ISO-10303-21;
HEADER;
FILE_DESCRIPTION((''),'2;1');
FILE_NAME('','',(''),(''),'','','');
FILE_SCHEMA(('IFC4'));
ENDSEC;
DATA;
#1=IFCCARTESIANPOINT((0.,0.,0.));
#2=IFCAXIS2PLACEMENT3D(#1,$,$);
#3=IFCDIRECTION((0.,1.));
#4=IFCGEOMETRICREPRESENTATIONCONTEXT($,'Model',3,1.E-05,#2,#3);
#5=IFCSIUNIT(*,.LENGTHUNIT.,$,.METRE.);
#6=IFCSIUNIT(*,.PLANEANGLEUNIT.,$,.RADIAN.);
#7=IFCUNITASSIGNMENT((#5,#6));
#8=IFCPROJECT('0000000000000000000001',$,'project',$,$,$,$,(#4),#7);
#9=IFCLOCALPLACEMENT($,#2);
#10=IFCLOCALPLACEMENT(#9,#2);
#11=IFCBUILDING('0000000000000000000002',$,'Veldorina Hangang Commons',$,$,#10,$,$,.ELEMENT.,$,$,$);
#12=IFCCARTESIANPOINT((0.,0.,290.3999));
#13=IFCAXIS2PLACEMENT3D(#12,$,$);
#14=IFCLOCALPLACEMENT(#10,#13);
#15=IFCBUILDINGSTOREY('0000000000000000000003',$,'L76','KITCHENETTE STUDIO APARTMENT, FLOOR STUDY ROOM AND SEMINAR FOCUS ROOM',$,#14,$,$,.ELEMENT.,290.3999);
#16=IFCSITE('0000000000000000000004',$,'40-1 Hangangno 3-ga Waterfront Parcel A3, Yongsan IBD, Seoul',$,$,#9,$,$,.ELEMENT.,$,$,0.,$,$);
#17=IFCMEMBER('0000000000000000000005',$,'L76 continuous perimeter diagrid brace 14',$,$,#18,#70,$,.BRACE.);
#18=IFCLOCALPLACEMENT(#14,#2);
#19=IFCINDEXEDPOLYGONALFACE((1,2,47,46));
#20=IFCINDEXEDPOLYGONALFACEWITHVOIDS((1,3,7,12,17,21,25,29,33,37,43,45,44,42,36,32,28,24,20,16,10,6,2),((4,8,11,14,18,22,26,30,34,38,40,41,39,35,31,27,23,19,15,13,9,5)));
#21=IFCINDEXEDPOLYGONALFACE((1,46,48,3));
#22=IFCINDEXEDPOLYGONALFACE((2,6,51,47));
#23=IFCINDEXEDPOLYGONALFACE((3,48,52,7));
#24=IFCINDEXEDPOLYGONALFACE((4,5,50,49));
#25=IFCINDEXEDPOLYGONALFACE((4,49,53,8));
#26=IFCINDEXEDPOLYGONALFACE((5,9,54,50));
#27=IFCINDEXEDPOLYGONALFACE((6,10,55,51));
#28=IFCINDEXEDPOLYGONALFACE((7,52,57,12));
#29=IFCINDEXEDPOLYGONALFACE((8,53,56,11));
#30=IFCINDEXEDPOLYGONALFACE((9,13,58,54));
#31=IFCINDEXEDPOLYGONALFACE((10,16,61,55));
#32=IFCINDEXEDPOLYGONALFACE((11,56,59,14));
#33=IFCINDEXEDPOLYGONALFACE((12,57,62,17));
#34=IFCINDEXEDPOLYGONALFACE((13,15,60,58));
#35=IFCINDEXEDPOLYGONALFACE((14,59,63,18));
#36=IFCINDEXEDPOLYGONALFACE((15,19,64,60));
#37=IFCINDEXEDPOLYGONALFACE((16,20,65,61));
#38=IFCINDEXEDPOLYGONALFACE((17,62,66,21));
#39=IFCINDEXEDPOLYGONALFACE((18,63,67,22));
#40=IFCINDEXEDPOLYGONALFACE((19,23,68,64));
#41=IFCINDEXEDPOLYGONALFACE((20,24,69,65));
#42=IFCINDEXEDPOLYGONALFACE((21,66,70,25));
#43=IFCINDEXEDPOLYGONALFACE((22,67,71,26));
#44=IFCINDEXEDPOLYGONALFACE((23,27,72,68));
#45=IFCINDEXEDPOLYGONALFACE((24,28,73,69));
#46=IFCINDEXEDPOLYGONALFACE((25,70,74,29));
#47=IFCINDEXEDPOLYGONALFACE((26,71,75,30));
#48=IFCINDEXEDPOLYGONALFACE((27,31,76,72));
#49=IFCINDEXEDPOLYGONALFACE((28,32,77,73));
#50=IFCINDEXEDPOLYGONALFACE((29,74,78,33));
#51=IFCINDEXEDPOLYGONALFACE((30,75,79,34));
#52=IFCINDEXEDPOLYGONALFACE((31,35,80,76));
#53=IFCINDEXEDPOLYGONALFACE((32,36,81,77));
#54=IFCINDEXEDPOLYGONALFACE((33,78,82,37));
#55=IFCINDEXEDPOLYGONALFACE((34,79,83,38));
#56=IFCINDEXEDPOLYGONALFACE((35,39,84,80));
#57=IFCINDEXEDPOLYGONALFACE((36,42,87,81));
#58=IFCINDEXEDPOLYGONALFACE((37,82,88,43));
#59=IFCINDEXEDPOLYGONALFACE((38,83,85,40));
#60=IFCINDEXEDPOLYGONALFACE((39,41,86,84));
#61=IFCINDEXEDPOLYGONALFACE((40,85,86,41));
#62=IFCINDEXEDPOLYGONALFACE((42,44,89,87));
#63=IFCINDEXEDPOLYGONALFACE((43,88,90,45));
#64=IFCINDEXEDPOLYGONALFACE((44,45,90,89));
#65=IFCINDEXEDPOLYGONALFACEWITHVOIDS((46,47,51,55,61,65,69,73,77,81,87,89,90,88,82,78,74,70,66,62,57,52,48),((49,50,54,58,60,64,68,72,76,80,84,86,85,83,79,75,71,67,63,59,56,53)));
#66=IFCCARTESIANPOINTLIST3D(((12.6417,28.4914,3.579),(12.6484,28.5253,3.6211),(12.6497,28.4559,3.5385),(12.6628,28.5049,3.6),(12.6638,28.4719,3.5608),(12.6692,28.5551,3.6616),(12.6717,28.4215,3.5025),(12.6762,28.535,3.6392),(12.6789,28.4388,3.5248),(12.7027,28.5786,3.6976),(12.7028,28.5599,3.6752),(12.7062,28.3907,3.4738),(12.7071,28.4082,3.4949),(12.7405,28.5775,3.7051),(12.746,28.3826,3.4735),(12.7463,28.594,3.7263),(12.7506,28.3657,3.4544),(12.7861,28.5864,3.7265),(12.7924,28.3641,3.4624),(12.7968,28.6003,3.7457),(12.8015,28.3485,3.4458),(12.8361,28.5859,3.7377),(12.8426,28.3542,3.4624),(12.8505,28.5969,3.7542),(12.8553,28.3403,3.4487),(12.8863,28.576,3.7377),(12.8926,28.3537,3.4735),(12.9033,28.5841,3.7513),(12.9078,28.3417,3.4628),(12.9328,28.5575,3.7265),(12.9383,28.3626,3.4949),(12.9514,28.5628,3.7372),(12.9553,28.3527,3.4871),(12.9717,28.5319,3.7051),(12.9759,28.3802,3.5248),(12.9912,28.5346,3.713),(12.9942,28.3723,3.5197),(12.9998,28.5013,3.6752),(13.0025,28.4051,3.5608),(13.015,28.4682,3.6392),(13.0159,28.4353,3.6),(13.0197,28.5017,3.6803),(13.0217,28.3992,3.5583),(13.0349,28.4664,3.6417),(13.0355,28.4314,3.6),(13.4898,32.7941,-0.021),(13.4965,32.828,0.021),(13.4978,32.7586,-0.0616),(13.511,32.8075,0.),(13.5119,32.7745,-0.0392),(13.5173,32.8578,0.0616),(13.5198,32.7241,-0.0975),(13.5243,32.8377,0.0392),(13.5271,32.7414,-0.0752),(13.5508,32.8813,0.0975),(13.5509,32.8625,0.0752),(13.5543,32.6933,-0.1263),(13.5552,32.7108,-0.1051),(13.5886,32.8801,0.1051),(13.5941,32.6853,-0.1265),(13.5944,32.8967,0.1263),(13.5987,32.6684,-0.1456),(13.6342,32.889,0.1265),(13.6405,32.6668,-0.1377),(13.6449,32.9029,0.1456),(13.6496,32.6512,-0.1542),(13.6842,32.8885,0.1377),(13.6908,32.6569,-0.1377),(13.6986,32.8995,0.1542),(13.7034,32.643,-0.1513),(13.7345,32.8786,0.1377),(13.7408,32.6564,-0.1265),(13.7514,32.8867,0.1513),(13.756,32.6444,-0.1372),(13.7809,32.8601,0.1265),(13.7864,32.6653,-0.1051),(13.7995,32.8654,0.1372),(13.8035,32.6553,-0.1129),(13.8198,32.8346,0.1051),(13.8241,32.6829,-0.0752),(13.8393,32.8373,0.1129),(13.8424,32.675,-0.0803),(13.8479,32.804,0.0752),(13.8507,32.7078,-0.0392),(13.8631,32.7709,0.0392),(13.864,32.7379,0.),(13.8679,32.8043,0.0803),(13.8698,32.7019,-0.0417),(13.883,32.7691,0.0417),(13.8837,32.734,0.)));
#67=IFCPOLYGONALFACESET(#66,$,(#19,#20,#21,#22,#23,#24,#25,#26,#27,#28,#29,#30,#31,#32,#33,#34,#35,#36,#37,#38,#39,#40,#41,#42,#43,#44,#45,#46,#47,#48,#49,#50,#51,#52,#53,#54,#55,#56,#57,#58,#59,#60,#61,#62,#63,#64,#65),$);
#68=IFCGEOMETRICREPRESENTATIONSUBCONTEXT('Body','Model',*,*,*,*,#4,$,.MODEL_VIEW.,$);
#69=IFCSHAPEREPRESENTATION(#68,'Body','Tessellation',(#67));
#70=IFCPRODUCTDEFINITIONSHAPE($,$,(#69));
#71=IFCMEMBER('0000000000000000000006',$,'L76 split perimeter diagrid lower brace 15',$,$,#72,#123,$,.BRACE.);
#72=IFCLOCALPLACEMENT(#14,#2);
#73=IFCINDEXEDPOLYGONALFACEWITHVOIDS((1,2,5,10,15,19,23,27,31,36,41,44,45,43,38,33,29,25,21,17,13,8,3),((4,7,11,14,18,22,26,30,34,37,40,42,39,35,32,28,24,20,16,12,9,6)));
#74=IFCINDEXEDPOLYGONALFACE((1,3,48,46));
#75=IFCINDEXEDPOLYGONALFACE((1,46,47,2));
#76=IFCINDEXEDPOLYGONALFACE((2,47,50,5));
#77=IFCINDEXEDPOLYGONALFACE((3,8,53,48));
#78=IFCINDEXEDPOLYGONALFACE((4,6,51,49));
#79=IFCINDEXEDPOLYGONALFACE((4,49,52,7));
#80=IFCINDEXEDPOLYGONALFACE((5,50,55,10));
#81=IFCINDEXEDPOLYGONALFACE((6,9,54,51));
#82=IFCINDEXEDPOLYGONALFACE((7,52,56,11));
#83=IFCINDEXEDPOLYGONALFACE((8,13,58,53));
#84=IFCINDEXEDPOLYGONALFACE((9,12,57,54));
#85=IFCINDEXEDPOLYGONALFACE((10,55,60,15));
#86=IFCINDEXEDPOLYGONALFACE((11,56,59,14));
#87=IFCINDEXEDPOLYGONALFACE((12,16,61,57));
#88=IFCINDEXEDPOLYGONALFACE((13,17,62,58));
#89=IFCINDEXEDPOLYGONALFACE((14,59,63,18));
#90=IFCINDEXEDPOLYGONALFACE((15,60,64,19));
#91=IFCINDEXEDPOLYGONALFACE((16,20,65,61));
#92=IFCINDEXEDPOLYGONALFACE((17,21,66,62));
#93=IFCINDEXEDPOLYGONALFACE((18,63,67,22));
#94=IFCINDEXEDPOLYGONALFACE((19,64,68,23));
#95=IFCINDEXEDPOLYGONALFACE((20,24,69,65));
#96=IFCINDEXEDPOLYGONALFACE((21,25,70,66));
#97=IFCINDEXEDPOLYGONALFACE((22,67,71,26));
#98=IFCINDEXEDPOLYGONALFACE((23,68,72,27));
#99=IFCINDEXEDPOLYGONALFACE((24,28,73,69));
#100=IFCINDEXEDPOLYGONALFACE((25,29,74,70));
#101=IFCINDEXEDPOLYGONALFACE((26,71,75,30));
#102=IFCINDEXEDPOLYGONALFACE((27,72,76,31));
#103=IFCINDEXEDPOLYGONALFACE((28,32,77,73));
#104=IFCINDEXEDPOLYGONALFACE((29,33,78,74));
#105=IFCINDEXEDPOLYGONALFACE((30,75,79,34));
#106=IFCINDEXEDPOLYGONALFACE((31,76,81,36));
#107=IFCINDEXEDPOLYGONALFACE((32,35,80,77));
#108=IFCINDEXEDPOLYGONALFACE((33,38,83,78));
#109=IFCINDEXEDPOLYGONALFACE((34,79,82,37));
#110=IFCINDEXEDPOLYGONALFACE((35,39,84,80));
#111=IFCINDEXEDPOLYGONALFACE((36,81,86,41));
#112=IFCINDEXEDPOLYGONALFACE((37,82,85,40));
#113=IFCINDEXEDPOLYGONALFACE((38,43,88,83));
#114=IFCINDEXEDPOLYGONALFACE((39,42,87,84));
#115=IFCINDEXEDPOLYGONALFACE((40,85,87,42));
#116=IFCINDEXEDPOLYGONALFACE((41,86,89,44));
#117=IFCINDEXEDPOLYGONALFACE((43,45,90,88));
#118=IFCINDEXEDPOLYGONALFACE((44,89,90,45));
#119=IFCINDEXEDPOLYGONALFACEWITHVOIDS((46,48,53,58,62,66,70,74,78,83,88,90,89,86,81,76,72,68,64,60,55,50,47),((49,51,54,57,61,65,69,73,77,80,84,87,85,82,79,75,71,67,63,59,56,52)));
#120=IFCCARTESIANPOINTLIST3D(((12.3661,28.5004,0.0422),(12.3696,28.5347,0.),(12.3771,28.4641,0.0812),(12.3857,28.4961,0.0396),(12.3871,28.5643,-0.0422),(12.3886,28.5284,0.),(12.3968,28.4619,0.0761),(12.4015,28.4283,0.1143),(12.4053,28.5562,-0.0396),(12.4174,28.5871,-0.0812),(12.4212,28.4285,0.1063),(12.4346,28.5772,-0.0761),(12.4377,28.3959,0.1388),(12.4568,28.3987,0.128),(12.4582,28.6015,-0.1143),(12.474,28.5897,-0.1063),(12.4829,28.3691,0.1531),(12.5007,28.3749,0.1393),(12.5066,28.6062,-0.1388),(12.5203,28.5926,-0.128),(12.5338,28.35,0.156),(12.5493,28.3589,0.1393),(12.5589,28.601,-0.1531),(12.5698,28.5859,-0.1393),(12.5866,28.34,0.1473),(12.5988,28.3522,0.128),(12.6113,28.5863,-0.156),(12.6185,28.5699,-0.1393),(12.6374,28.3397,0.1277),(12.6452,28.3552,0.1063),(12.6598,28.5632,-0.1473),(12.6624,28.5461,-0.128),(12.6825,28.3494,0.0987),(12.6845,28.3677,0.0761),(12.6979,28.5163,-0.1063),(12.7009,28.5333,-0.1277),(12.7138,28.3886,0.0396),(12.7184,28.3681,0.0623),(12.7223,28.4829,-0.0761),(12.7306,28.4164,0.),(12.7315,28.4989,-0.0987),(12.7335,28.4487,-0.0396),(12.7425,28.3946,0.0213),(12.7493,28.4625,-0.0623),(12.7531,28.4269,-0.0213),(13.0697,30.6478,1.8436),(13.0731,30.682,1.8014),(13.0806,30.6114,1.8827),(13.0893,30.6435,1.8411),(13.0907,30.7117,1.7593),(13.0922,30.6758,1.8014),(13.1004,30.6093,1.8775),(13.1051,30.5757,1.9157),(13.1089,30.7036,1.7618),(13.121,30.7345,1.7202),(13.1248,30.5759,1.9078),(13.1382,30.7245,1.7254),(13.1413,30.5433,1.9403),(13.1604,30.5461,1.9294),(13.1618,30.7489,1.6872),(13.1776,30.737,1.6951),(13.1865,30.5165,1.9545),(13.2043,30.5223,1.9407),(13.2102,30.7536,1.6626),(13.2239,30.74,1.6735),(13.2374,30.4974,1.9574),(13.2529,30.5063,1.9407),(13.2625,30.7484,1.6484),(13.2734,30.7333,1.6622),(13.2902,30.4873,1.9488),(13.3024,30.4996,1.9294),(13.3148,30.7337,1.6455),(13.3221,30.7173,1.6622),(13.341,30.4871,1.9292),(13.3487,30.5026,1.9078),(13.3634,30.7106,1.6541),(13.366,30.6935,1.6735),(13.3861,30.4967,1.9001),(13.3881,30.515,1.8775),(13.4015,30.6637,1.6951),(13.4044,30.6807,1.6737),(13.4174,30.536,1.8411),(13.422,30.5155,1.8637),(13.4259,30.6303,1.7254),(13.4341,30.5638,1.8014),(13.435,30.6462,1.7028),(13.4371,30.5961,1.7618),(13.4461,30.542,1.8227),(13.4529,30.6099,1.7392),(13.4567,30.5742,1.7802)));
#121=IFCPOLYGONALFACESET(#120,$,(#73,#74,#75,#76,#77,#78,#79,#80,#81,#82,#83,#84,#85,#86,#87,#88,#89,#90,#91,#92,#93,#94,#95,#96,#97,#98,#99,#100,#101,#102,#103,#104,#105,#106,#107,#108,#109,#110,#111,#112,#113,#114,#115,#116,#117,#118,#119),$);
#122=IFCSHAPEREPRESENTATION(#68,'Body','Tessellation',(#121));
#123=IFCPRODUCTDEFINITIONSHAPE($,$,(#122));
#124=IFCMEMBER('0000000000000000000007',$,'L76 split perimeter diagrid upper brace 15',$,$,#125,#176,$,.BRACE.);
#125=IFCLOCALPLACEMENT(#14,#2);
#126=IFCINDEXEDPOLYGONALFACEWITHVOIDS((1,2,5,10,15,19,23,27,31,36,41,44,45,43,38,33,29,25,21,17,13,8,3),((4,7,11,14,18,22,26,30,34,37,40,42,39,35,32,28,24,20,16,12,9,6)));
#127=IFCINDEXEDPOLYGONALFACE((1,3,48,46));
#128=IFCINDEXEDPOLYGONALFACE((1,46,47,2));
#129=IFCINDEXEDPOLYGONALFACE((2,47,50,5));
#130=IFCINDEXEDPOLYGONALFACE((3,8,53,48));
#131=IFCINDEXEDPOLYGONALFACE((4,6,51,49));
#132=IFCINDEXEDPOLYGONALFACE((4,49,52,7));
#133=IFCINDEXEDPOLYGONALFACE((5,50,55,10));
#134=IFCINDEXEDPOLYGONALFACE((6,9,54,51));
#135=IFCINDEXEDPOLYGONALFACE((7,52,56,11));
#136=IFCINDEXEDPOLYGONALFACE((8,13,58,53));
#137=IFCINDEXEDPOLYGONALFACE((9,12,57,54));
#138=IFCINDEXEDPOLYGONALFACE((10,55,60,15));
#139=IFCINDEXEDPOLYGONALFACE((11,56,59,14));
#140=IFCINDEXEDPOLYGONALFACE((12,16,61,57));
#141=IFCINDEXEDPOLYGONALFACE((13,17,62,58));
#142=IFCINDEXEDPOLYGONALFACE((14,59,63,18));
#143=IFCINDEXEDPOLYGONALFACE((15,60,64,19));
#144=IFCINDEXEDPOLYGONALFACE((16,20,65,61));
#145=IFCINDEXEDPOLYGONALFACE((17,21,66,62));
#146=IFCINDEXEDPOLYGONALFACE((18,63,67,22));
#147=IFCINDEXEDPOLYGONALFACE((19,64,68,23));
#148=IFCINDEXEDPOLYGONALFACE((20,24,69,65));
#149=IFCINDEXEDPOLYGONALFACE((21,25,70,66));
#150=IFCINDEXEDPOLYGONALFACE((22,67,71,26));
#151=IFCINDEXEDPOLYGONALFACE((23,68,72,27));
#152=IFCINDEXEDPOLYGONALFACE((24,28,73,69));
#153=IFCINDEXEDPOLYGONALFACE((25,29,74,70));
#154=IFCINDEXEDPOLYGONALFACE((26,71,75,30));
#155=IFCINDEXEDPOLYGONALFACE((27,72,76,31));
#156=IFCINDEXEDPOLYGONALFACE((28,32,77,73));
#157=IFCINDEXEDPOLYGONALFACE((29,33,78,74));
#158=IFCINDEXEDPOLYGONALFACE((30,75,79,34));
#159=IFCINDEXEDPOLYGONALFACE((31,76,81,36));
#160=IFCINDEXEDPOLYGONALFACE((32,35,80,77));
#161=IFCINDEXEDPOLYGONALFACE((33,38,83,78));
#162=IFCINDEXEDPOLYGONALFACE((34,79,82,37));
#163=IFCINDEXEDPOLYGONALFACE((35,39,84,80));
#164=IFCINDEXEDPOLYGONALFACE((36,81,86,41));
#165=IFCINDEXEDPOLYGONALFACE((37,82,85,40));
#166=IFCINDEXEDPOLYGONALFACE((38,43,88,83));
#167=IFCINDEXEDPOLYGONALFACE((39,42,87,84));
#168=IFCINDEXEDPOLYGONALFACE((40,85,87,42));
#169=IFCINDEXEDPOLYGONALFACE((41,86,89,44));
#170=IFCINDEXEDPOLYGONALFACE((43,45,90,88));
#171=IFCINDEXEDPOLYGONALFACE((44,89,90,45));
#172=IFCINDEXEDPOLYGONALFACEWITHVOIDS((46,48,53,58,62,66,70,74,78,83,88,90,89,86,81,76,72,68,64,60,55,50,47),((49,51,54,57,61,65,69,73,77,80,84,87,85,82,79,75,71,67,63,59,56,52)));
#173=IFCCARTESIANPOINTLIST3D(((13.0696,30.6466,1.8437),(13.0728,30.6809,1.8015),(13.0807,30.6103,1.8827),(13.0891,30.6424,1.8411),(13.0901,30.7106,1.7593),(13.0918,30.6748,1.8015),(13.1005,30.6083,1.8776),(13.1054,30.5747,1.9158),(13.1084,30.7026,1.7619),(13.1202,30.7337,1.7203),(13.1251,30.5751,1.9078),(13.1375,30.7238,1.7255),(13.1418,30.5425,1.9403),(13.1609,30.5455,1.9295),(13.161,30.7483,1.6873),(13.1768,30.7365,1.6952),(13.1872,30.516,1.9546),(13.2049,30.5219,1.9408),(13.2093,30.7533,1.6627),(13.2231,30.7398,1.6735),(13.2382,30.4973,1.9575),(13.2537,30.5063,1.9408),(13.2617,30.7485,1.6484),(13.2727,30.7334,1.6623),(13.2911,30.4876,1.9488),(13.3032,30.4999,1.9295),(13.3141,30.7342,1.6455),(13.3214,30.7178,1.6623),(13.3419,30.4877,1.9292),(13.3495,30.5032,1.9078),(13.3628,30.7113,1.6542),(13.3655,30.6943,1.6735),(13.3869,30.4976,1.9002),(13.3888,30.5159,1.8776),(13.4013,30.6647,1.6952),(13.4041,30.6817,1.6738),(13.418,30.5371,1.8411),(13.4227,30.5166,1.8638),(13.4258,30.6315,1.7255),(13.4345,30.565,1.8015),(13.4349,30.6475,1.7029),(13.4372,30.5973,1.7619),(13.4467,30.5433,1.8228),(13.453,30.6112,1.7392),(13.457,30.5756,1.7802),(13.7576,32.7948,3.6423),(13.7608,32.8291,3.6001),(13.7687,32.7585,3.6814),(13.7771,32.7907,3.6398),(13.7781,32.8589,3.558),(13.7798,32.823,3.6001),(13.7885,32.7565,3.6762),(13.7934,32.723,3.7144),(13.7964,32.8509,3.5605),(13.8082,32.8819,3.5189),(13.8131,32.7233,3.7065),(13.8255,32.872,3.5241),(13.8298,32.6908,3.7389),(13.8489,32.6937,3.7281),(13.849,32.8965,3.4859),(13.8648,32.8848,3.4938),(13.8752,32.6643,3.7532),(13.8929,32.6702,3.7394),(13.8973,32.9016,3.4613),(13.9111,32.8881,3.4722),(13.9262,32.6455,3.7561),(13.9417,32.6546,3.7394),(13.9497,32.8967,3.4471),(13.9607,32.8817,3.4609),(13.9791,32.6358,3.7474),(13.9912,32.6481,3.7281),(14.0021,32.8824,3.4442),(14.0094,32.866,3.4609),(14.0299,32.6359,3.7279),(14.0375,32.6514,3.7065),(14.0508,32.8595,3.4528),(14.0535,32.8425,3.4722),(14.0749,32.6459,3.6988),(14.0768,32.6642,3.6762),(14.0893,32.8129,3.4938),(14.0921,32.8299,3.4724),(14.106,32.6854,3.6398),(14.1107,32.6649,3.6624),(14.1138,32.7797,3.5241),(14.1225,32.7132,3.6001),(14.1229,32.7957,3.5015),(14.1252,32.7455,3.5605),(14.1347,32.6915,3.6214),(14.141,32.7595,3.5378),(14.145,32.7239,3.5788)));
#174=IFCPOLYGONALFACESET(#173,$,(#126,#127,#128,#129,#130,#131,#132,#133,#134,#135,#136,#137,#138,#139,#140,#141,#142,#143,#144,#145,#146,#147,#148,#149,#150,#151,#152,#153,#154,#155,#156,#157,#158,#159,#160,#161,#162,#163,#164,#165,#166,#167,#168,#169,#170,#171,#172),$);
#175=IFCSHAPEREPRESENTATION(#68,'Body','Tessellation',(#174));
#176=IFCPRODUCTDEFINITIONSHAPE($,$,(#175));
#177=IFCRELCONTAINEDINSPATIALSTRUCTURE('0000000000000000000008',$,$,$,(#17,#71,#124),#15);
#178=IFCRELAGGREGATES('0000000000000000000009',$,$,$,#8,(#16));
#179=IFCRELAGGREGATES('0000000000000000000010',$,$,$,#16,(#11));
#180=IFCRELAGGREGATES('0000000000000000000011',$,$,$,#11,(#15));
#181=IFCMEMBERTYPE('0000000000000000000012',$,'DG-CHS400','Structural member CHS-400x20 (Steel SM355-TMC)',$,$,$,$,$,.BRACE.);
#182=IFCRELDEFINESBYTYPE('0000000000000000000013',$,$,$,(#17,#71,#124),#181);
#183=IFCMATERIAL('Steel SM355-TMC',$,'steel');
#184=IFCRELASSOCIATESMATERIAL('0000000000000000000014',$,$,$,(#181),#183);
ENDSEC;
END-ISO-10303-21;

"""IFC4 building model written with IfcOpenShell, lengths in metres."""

from ifc_helpers import new_model, si_unit, direction, frame, origin, origin_2d, place, context, subcontext, project, spatial, hollow_circle, extrude, material, material_profile, profile_set, type_object, element, save


model = new_model("IFC4")

# Units and contexts
model_context = context("Model", 3, precision=1e-05, world=origin(), true_north=direction((0.0, 1.0)))
body_context = subcontext(model_context, "Body", "Model", "MODEL_VIEW")
ifc_project = project(units=[si_unit("LENGTHUNIT", "METRE"), si_unit("PLANEANGLEUNIT", "RADIAN")], contexts=[model_context])

# Site, building, storey
site_placement = place(None, origin())
site = spatial("IfcSite", under=ifc_project, at=site_placement, Name="40-1 Hangangno 3-ga Waterfront Parcel A3, Yongsan IBD, Seoul", CompositionType="ELEMENT", RefElevation=0.0)
building_placement = place(site_placement, origin())
building = spatial("IfcBuilding", under=site, at=building_placement, Name="Veldorina Hangang Commons", CompositionType="ELEMENT")
storey_placement = place(building_placement, frame((0.0, 0.0, 290.3999)))
storey = spatial("IfcBuildingStorey", under=building, at=storey_placement, Name="L76", Description="KITCHENETTE STUDIO APARTMENT, FLOOR STUDY ROOM AND SEMINAR FOCUS ROOM", CompositionType="ELEMENT", Elevation=290.3999)

# Shared definitions
ifc_material_1 = material(Name="Steel SM355-TMC", Category="steel")

# Members
ifc_material_profile_1 = material_profile(ifc_material_1, hollow_circle(Radius=0.2, WallThickness=0.02, at=origin_2d()), Name="CHS-400x20")
ifc_profile_set_1 = profile_set([ifc_material_profile_1], Name="Steel SM355-TMC")
member_type_1 = type_object("IfcMemberType", Name="DG-CHS400", Description="Structural member CHS-400x20 (Steel SM355-TMC)", PredefinedType="BRACE", material=ifc_profile_set_1)
member_1_placement = place(storey_placement, frame((13.6875, 32.7727, 0.0), z_axis=(-0.149481, -0.758333, 0.634497), x_axis=(0.981121, -0.193396, 0.0)))
element("IfcMember", 1, at=member_1_placement, inside=storey, type_object=member_type_1, Name="L76 continuous perimeter diagrid brace 14", PredefinedType="BRACE", context=body_context, shape_type="SweptSolid", body=[
    extrude(hollow_circle(Radius=0.2, WallThickness=0.02, at=origin_2d()), origin(), (0.0, 0.0, 1.0), 5.6738),
])
member_2_placement = place(storey_placement, frame((12.5596, 28.4724, 0.0), z_axis=(0.243465, 0.743066, 0.623361), x_axis=(-0.950291, 0.311362, 0.0)))
element("IfcMember", 2, at=member_2_placement, inside=storey, type_object=member_type_1, Name="L76 split perimeter diagrid lower brace 15", PredefinedType="BRACE", context=body_context, shape_type="SweptSolid", body=[
    extrude(hollow_circle(Radius=0.2, WallThickness=0.02, at=origin_2d()), origin(), (0.0, 0.0, 1.0), 2.8899),
])
member_3_placement = place(storey_placement, frame((13.2632, 30.6199, 1.8015), z_axis=(0.238475, 0.744619, 0.623436), x_axis=(-0.952351, 0.305003, 0.0)))
element("IfcMember", 3, at=member_3_placement, inside=storey, type_object=member_type_1, Name="L76 split perimeter diagrid upper brace 15", PredefinedType="BRACE", context=body_context, shape_type="SweptSolid", body=[
    extrude(hollow_circle(Radius=0.2, WallThickness=0.02, at=origin_2d()), origin(), (0.0, 0.0, 1.0), 2.885),
])

save(model, "model.ifc")
